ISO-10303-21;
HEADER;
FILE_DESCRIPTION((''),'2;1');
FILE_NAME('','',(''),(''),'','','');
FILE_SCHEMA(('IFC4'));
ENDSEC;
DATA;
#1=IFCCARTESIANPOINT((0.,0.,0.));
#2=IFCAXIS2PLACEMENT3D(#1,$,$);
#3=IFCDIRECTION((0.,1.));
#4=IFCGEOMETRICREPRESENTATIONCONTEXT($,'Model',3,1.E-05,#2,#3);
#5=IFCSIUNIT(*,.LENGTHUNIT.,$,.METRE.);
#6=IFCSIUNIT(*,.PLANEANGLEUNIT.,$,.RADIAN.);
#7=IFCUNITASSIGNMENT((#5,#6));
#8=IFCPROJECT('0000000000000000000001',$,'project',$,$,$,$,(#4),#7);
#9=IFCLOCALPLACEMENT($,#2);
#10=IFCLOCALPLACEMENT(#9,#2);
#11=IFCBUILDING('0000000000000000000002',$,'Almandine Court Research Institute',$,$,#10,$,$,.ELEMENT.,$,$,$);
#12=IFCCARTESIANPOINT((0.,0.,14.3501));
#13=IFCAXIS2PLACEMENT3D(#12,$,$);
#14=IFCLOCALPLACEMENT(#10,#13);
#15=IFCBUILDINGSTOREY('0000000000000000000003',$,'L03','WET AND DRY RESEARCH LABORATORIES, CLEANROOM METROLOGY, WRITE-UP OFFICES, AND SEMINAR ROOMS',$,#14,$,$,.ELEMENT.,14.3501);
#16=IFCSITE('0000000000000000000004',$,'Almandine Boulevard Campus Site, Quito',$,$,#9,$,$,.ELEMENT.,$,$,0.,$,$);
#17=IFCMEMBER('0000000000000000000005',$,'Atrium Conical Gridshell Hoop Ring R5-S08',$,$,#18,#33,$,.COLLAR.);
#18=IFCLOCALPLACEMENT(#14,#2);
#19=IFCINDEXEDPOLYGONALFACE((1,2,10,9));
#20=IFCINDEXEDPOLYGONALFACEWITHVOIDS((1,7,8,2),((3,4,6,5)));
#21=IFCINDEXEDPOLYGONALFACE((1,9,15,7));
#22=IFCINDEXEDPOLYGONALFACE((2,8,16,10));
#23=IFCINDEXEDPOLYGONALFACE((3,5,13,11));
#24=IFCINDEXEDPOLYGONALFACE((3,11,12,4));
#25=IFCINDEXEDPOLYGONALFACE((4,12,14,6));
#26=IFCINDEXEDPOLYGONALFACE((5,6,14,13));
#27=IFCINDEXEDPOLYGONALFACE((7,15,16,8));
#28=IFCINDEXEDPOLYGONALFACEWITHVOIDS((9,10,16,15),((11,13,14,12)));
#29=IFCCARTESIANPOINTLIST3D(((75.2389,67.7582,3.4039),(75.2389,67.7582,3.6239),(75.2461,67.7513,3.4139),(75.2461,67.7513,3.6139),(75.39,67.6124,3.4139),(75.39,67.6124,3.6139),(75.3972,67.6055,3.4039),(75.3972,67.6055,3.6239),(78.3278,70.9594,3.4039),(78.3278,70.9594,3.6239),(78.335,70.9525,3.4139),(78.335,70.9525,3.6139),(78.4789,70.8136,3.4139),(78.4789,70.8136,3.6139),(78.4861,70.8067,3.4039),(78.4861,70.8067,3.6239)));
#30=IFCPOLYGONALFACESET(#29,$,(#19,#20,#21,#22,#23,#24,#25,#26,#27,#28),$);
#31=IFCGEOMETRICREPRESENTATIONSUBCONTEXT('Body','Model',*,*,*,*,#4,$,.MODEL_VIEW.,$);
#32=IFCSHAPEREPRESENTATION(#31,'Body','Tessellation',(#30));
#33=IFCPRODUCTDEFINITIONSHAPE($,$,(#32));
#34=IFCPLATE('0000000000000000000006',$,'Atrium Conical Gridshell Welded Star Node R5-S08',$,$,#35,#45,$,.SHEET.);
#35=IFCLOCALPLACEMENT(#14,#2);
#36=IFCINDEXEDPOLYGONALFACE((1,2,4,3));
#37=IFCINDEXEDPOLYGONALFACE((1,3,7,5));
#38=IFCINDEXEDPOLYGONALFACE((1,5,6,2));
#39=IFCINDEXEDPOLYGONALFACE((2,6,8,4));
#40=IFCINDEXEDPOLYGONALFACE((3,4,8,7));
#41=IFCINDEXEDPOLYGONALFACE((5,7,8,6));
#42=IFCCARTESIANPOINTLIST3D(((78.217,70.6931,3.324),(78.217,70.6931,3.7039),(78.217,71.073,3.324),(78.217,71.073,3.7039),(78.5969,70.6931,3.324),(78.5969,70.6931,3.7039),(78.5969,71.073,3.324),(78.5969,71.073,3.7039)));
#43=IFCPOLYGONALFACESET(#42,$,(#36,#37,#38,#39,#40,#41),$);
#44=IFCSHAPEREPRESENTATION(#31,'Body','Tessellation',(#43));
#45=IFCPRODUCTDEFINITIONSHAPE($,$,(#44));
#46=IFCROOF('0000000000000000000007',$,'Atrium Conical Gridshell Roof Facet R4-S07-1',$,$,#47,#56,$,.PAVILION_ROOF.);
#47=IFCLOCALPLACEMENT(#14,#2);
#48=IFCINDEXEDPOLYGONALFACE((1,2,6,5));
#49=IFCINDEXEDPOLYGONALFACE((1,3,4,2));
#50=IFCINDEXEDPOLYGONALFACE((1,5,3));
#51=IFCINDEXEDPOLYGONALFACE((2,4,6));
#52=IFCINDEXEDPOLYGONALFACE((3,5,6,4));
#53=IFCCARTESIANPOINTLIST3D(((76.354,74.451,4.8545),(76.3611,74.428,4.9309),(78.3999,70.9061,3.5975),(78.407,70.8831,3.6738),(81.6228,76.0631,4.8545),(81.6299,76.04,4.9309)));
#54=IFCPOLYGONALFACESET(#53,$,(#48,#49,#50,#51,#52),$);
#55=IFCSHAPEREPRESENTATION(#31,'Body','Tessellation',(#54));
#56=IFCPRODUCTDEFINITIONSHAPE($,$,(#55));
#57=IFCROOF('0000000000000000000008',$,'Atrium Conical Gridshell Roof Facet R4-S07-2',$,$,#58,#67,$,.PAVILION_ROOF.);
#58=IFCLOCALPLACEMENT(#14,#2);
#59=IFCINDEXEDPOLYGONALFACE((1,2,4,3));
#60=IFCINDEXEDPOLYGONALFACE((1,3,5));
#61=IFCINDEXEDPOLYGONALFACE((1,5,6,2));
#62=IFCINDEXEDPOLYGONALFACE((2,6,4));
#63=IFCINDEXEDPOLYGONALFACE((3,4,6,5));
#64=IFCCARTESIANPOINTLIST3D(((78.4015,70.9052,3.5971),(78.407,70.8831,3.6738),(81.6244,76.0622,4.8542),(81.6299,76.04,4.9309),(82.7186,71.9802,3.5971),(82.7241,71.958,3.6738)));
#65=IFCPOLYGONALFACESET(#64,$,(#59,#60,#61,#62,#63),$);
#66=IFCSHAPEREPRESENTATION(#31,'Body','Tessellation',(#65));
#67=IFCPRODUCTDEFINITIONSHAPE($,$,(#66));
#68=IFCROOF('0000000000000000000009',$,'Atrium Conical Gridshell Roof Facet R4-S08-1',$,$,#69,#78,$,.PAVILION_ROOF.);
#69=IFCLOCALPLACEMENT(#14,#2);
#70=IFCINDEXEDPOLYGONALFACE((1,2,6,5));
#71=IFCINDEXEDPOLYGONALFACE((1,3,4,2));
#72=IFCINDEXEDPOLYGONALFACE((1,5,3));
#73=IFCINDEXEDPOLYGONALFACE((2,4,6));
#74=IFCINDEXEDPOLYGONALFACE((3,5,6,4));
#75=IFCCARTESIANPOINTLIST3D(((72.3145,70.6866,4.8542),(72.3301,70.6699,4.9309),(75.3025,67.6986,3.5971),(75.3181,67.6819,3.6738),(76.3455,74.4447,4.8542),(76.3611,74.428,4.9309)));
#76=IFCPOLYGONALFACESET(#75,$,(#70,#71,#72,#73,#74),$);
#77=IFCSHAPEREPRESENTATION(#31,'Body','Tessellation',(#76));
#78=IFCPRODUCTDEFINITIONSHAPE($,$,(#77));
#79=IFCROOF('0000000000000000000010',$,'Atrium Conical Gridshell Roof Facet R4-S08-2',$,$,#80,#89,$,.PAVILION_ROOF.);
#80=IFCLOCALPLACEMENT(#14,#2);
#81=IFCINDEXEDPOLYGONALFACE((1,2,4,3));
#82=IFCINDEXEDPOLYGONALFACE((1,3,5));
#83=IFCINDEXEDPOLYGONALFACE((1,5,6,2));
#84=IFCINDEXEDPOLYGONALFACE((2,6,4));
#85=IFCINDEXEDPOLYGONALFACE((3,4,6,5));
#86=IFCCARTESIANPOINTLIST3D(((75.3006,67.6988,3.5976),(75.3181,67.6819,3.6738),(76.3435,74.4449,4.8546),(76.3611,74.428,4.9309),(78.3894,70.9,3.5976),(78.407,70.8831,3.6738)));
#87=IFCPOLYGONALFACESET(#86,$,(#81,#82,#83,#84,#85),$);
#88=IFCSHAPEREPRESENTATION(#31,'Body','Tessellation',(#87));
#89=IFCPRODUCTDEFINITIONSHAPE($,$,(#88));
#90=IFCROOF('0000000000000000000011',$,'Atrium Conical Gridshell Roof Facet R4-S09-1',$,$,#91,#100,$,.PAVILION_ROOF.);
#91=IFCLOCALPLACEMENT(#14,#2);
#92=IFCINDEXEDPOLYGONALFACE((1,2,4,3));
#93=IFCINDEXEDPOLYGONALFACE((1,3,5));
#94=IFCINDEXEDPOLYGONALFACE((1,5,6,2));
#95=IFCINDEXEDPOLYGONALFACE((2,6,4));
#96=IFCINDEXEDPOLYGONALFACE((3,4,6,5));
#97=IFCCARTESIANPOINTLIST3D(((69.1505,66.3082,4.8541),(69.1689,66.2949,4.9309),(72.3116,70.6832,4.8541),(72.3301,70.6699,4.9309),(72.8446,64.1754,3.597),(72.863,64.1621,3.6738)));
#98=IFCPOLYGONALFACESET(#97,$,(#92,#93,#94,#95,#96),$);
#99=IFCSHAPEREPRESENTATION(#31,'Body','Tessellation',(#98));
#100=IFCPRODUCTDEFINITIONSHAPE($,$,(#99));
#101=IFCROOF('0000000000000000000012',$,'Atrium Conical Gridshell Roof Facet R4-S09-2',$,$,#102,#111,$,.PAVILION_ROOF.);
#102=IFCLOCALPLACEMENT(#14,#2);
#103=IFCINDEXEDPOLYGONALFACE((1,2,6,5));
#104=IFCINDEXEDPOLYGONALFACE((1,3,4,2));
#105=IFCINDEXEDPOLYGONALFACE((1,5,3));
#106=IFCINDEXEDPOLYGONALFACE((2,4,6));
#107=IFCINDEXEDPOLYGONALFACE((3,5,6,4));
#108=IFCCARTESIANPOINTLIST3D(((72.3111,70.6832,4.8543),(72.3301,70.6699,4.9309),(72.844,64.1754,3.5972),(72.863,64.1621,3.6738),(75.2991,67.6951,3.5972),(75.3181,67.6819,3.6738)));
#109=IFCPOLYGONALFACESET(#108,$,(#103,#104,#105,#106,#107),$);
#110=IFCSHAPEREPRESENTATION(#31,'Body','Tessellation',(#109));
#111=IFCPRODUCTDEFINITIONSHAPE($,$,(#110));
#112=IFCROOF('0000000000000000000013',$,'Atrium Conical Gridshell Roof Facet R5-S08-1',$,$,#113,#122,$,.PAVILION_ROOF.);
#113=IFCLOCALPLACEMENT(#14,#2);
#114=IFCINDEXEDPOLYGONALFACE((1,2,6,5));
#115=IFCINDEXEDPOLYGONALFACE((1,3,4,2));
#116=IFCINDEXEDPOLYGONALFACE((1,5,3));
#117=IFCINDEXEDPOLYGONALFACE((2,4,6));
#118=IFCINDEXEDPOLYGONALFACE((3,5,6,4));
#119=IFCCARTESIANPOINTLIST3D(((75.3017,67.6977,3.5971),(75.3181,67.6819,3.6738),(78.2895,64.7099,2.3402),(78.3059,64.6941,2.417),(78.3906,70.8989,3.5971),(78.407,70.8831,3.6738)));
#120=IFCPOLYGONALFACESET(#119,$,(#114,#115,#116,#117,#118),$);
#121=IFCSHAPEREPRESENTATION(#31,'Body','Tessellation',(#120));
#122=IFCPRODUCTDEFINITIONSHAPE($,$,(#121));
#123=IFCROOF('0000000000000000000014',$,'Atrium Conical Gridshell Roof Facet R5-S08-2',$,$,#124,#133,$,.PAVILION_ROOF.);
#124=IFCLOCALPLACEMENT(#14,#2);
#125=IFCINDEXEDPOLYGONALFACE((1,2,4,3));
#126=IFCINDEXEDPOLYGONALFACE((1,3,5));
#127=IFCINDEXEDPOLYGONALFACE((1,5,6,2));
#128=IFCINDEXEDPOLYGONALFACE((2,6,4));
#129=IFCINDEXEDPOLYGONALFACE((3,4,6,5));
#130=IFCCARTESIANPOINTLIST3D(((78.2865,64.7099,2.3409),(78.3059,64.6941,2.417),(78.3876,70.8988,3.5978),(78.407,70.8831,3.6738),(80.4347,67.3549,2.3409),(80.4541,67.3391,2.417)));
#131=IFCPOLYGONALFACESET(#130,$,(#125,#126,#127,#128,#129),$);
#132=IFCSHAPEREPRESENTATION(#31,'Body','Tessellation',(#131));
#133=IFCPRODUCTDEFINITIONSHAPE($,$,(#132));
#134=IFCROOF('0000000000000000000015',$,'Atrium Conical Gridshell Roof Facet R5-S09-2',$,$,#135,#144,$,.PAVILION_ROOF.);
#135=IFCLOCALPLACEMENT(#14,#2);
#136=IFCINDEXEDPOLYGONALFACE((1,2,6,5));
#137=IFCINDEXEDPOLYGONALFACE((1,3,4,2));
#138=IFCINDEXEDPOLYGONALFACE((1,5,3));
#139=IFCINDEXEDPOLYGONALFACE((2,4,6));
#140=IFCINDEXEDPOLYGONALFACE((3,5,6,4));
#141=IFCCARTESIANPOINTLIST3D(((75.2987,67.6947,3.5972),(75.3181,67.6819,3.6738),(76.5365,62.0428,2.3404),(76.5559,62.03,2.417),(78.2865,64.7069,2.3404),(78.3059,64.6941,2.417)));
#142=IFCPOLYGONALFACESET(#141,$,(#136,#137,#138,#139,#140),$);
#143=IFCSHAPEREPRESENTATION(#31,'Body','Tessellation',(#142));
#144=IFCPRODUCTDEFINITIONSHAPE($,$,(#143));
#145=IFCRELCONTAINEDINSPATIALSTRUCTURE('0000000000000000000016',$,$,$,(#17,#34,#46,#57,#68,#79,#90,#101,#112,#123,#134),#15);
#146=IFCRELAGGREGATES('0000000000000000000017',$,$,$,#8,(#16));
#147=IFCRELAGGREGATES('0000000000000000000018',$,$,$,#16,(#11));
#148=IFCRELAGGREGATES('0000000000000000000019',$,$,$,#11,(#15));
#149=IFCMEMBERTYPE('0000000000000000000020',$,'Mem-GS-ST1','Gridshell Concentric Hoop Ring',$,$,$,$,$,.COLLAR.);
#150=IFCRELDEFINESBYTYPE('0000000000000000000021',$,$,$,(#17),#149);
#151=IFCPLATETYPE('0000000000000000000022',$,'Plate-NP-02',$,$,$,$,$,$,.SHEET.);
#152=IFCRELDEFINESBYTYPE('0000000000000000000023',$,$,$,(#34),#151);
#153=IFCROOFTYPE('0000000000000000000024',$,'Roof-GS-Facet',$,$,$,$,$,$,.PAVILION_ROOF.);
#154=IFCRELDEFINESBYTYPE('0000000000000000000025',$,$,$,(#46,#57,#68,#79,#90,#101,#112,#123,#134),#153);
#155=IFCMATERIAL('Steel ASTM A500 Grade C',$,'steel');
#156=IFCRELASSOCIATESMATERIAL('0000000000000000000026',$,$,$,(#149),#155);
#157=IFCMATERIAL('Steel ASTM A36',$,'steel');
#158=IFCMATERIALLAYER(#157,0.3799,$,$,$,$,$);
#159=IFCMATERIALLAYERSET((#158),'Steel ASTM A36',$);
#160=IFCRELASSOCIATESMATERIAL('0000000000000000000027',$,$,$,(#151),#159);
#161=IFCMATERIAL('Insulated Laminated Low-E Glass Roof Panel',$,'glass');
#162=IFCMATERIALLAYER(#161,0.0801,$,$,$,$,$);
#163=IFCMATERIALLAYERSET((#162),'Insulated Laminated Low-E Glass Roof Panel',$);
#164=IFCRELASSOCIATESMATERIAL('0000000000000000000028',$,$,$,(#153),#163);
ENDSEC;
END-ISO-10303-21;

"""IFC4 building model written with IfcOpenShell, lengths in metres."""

from ifc_helpers import new_model, si_unit, direction, frame, origin, origin_2d, place, context, subcontext, project, spatial, polyline, rectangle, hollow_rectangle, outline, extrude, material, layer, layer_set, material_profile, profile_set, type_object, element, save


model = new_model("IFC4")

# Units and contexts
model_context = context("Model", 3, precision=1e-05, world=origin(), true_north=direction((0.0, 1.0)))
body_context = subcontext(model_context, "Body", "Model", "MODEL_VIEW")
ifc_project = project(units=[si_unit("LENGTHUNIT", "METRE"), si_unit("PLANEANGLEUNIT", "RADIAN")], contexts=[model_context])

# Site, building, storey
site_placement = place(None, origin())
site = spatial("IfcSite", under=ifc_project, at=site_placement, Name="Almandine Boulevard Campus Site, Quito", CompositionType="ELEMENT", RefElevation=0.0)
building_placement = place(site_placement, origin())
building = spatial("IfcBuilding", under=site, at=building_placement, Name="Almandine Court Research Institute", CompositionType="ELEMENT")
storey_placement = place(building_placement, frame((0.0, 0.0, 14.3501)))
storey = spatial("IfcBuildingStorey", under=building, at=storey_placement, Name="L03", Description="WET AND DRY RESEARCH LABORATORIES, CLEANROOM METROLOGY, WRITE-UP OFFICES, AND SEMINAR ROOMS", CompositionType="ELEMENT", Elevation=14.3501)

# Member
ifc_material_1 = material(Name="Steel ASTM A500 Grade C", Category="steel")
ifc_material_profile_1 = material_profile(ifc_material_1, hollow_rectangle(XDim=0.22, YDim=0.22, WallThickness=0.01, at=origin_2d()), Name="HSS 220x220x10")
ifc_profile_set_1 = profile_set([ifc_material_profile_1], Name="Steel ASTM A500 Grade C")
member_type_1 = type_object("IfcMemberType", Name="Mem-GS-ST1", Description="Gridshell Concentric Hoop Ring", PredefinedType="COLLAR", material=ifc_profile_set_1)
member_1_placement = place(storey_placement, frame((78.407, 70.8831, 3.5139), z_axis=(-0.694371, -0.719617, 0.0), x_axis=(0.719617, -0.694371, 0.0)))
element("IfcMember", 1, at=member_1_placement, inside=storey, type_object=member_type_1, Name="Atrium Conical Gridshell Hoop Ring R5-S08", PredefinedType="COLLAR", context=body_context, shape_type="SweptSolid", body=[
    extrude(hollow_rectangle(XDim=0.22, YDim=0.22, WallThickness=0.01, at=origin_2d()), origin(), (0.0, 0.0, 1.0), 4.4485),
])

# Plate
ifc_material_2 = material(Name="Steel ASTM A36", Category="steel")
ifc_layer_1 = layer(ifc_material_2, 0.3799)
ifc_layer_set_1 = layer_set([ifc_layer_1], Name="Steel ASTM A36")
plate_type = type_object("IfcPlateType", Name="Plate-NP-02", PredefinedType="SHEET", material=ifc_layer_set_1)
plate_placement = place(storey_placement, frame((78.407, 70.8831, 3.324), z_axis=(0.0, 0.0, 1.0), x_axis=(1.0, 0.0, 0.0)))
element("IfcPlate", 2, at=plate_placement, inside=storey, type_object=plate_type, Name="Atrium Conical Gridshell Welded Star Node R5-S08", PredefinedType="SHEET", context=body_context, shape_type="SweptSolid", body=[
    extrude(rectangle(XDim=0.3799, YDim=0.3799, at=origin_2d()), origin(), (0.0, 0.0, 1.0), 0.3799),
])

# Roofs
ifc_material_3 = material(Name="Insulated Laminated Low-E Glass Roof Panel", Category="glass")
ifc_layer_2 = layer(ifc_material_3, 0.0801)
ifc_layer_set_2 = layer_set([ifc_layer_2], Name="Insulated Laminated Low-E Glass Roof Panel")
roof_type = type_object("IfcRoofType", Name="Roof-GS-Facet", PredefinedType="PAVILION_ROOF", material=ifc_layer_set_2)
roof_1_placement = place(storey_placement, frame((81.6299, 76.04, 4.9309), z_axis=(0.08795, -0.287454, 0.953748), x_axis=(-0.956242, -0.292575, 0.0)))
element("IfcRoof", 3, at=roof_1_placement, inside=storey, type_object=roof_type, Name="Atrium Conical Gridshell Roof Facet R4-S07-1", PredefinedType="PAVILION_ROOF", context=body_context, shape_type="SweptSolid", body=[
    extrude(outline(polyline([(0.0, 0.0), (5.5099, 0.0), (4.5907, 4.1818), (0.0, 0.0)])), origin(), (0.0, 0.0, -1.0), 0.0801),
])
roof_2_placement = place(storey_placement, frame((81.6299, 76.04, 4.9309), z_axis=(0.068897, -0.2767, 0.958483), x_axis=(-0.519001, -0.830457, -0.202434)))
element("IfcRoof", 4, at=roof_2_placement, inside=storey, type_object=roof_type, Name="Atrium Conical Gridshell Roof Facet R4-S07-2", PredefinedType="PAVILION_ROOF", context=body_context, shape_type="SweptSolid", body=[
    extrude(outline(polyline([(0.0, 0.0), (6.2098, 0.0), (3.0765, 3.1584), (0.0, 0.0)])), origin(), (0.0, 0.0, -1.0), 0.0801),
])
roof_3_placement = place(storey_placement, frame((76.3611, 74.428, 4.9309), z_axis=(0.194545, -0.208675, 0.95844), x_axis=(-0.731437, -0.681909, 0.0)))
element("IfcRoof", 5, at=roof_3_placement, inside=storey, type_object=roof_type, Name="Atrium Conical Gridshell Roof Facet R4-S08-1", PredefinedType="PAVILION_ROOF", context=body_context, shape_type="SweptSolid", body=[
    extrude(outline(polyline([(0.0, 0.0), (5.5111, 0.0), (5.3631, 4.4063), (0.0, 0.0)])), origin(), (0.0, 0.0, -1.0), 0.0801),
])
roof_4_placement = place(storey_placement, frame((76.3611, 74.428, 4.9309), z_axis=(0.21905, -0.211365, 0.952545), x_axis=(-0.150262, -0.971916, -0.181109)))
element("IfcRoof", 6, at=roof_4_placement, inside=storey, type_object=roof_type, Name="Atrium Conical Gridshell Roof Facet R4-S08-2", PredefinedType="PAVILION_ROOF", context=body_context, shape_type="SweptSolid", body=[
    extrude(outline(polyline([(0.0, 0.0), (6.941, 0.0), (3.3656, 2.6467), (0.0, 0.0)])), origin(), (0.0, 0.0, -1.0), 0.0801),
])
roof_5_placement = place(storey_placement, frame((72.3301, 70.6699, 4.9309), z_axis=(0.230233, -0.166354, 0.958811), x_axis=(-0.585662, -0.810555, 0.0)))
element("IfcRoof", 7, at=roof_5_placement, inside=storey, type_object=roof_type, Name="Atrium Conical Gridshell Roof Facet R4-S09-1", PredefinedType="PAVILION_ROOF", context=body_context, shape_type="SweptSolid", body=[
    extrude(outline(polyline([(0.0, 0.0), (5.3975, 0.0), (4.9628, 4.4257), (0.0, 0.0)])), origin(), (0.0, 0.0, -1.0), 0.0801),
])
roof_6_placement = place(storey_placement, frame((72.3301, 70.6699, 4.9309), z_axis=(0.237242, -0.165479, 0.957253), x_axis=(0.08015, -0.978691, -0.189049)))
element("IfcRoof", 8, at=roof_6_placement, inside=storey, type_object=roof_type, Name="Atrium Conical Gridshell Roof Facet R4-S09-2", PredefinedType="PAVILION_ROOF", context=body_context, shape_type="SweptSolid", body=[
    extrude(outline(polyline([(0.0, 0.0), (6.6495, 0.0), (3.4015, 2.8048), (0.0, 0.0)])), origin(), (0.0, 0.0, -1.0), 0.0801),
])
roof_7_placement = place(storey_placement, frame((78.407, 70.8831, 3.6738), z_axis=(0.205196, -0.197997, 0.958484), x_axis=(-0.694371, -0.719617, 0.0)))
element("IfcRoof", 9, at=roof_7_placement, inside=storey, type_object=roof_type, Name="Atrium Conical Gridshell Roof Facet R5-S08-1", PredefinedType="PAVILION_ROOF", context=body_context, shape_type="SweptSolid", body=[
    extrude(outline(polyline([(0.0, 0.0), (4.4484, 0.0), (4.5239, 4.4077), (0.0, 0.0)])), origin(), (0.0, 0.0, -1.0), 0.0801),
])
roof_8_placement = place(storey_placement, frame((78.407, 70.8831, 3.6738), z_axis=(0.242413, -0.196879, 0.949987), x_axis=(-0.016003, -0.979871, -0.198989)))
element("IfcRoof", 10, at=roof_8_placement, inside=storey, type_object=roof_type, Name="Atrium Conical Gridshell Roof Facet R5-S08-2", PredefinedType="PAVILION_ROOF", context=body_context, shape_type="SweptSolid", body=[
    extrude(outline(polyline([(0.0, 0.0), (6.3161, 0.0), (3.6899, 2.1712), (0.0, 0.0)])), origin(), (0.0, 0.0, -1.0), 0.0801),
])
roof_9_placement = place(storey_placement, frame((75.3181, 67.6819, 3.6738), z_axis=(0.242923, -0.159574, 0.95683), x_axis=(0.20906, -0.954585, -0.212277)))
element("IfcRoof", 11, at=roof_9_placement, inside=storey, type_object=roof_type, Name="Atrium Conical Gridshell Roof Facet R5-S09-2", PredefinedType="PAVILION_ROOF", context=body_context, shape_type="SweptSolid", body=[
    extrude(outline(polyline([(0.0, 0.0), (5.9207, 0.0), (3.7435, 2.328), (0.0, 0.0)])), origin(), (0.0, 0.0, -1.0), 0.0801),
])

save(model, "model.ifc")
